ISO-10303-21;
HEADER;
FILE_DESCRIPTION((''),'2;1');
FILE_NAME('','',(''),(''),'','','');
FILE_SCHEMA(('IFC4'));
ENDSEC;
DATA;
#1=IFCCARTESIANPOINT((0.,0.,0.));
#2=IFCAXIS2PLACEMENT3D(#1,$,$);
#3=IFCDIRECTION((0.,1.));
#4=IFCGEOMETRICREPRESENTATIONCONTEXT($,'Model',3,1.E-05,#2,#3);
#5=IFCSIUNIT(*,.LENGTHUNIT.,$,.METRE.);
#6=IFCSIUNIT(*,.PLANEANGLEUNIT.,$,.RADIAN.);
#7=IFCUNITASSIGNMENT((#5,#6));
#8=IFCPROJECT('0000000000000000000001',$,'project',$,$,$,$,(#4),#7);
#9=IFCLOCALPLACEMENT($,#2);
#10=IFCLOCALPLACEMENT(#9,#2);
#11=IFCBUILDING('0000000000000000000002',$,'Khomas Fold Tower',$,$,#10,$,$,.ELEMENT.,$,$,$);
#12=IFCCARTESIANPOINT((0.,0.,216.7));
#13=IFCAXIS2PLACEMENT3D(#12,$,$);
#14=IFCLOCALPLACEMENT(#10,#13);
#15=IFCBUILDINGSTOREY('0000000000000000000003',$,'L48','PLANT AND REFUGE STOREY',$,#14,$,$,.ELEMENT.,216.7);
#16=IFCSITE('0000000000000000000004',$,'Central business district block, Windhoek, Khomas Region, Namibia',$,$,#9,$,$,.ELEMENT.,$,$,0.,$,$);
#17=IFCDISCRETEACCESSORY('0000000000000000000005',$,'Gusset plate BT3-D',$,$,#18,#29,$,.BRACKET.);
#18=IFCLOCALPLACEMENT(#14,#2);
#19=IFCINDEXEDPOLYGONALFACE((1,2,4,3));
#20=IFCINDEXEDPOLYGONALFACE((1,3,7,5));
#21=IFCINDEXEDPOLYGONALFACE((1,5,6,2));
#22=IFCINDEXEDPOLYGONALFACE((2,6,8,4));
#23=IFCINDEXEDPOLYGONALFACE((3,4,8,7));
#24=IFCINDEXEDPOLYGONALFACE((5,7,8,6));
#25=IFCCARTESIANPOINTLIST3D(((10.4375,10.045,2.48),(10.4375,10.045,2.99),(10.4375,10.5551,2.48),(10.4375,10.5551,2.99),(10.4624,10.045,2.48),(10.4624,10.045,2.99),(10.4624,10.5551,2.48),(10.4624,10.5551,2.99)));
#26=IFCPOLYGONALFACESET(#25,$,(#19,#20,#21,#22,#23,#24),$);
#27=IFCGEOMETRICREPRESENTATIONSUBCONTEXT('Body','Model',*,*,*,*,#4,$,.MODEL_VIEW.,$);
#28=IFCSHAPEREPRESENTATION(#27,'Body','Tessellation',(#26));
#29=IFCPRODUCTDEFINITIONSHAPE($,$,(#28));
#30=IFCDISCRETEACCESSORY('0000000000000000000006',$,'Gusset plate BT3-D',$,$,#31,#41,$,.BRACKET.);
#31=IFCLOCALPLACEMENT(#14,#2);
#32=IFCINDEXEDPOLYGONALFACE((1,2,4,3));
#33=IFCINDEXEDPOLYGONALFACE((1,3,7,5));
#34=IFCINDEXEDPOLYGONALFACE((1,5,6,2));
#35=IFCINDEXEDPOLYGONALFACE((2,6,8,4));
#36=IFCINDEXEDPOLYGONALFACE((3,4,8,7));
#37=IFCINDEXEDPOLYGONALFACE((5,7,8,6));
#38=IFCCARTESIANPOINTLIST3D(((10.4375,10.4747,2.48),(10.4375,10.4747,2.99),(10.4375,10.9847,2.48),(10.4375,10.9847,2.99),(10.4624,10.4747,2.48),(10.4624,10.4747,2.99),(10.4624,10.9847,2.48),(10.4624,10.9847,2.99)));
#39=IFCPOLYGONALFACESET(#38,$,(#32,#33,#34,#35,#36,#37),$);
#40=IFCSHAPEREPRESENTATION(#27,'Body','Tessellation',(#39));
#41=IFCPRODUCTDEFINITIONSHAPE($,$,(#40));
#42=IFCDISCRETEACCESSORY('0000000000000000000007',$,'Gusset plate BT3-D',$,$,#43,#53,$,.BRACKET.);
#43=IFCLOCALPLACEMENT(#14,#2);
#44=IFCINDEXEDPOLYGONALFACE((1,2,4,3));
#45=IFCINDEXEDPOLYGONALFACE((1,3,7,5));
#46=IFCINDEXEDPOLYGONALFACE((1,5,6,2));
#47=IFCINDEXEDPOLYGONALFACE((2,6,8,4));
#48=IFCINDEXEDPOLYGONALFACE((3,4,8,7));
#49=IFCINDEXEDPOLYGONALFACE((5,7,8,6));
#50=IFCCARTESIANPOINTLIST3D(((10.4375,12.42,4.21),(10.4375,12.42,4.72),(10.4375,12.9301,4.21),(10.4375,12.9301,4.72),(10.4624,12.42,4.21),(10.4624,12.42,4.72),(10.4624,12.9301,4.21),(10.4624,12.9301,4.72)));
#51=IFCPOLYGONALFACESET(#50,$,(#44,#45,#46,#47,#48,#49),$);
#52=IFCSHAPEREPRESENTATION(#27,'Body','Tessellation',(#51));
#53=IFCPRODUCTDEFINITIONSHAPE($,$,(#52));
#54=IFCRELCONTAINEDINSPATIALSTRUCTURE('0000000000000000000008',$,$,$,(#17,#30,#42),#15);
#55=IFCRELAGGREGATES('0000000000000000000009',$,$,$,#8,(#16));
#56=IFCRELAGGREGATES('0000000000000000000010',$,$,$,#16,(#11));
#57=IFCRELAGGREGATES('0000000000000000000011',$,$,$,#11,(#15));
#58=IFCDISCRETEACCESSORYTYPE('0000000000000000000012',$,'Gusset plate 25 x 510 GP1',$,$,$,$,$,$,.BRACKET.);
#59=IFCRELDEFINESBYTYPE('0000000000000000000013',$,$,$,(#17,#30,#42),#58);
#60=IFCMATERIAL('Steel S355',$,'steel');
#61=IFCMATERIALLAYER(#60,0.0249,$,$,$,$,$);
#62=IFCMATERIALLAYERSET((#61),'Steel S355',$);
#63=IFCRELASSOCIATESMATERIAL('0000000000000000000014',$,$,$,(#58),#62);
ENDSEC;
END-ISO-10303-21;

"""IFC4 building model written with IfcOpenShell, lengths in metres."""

from ifc_helpers import new_model, si_unit, direction, frame, origin, origin_2d, place, context, subcontext, project, spatial, rectangle, extrude, source, transform, mapped, material, layer, layer_set, type_object, element, save


model = new_model("IFC4")

# Units and contexts
model_context = context("Model", 3, precision=1e-05, world=origin(), true_north=direction((0.0, 1.0)))
body_context = subcontext(model_context, "Body", "Model", "MODEL_VIEW")
ifc_project = project(units=[si_unit("LENGTHUNIT", "METRE"), si_unit("PLANEANGLEUNIT", "RADIAN")], contexts=[model_context])

# Site, building, storey
site_placement = place(None, origin())
site = spatial("IfcSite", under=ifc_project, at=site_placement, Name="Central business district block, Windhoek, Khomas Region, Namibia", CompositionType="ELEMENT", RefElevation=0.0)
building_placement = place(site_placement, origin())
building = spatial("IfcBuilding", under=site, at=building_placement, Name="Khomas Fold Tower", CompositionType="ELEMENT")
storey_placement = place(building_placement, frame((0.0, 0.0, 216.7)))
storey = spatial("IfcBuildingStorey", under=building, at=storey_placement, Name="L48", Description="PLANT AND REFUGE STOREY", CompositionType="ELEMENT", Elevation=216.7)

# Discrete accessories
ifc_material_1 = material(Name="Steel S355", Category="steel")
ifc_layer_1 = layer(ifc_material_1, 0.0249)
ifc_layer_set_1 = layer_set([ifc_layer_1], Name="Steel S355")
discrete_accessory_type = type_object("IfcDiscreteAccessoryType", Name="Gusset plate 25 x 510 GP1", PredefinedType="BRACKET", material=ifc_layer_set_1)
shared_shape_1 = source(origin(), body_context, "Body", "SweptSolid", [
    extrude(rectangle(XDim=0.51, YDim=0.0249, at=origin_2d()), origin(), (0.0, 0.0, 1.0), 0.51),
])
for number, where, z_axis, x_axis, name in (
    (1, (10.45, 10.3, 2.48), (0.0, 0.0, 1.0), (0.0, 1.0, 0.0), "Gusset plate BT3-D"),
    (2, (10.45, 10.7297, 2.48), (0.0, 0.0, 1.0), (0.0, 1.0, 0.0), "Gusset plate BT3-D"),
    (3, (10.45, 12.675, 4.21), (0.0, 0.0, 1.0), (0.0, 1.0, 0.0), "Gusset plate BT3-D"),
):
    element("IfcDiscreteAccessory", number, at=place(storey_placement, frame(where, z_axis=z_axis, x_axis=x_axis)), inside=storey, type_object=discrete_accessory_type, Name=name, PredefinedType="BRACKET", context=body_context, shape_type="MappedRepresentation", body=[
        mapped(shared_shape_1, transform((0.0, 0.0, 0.0))),
    ])

save(model, "model.ifc")
